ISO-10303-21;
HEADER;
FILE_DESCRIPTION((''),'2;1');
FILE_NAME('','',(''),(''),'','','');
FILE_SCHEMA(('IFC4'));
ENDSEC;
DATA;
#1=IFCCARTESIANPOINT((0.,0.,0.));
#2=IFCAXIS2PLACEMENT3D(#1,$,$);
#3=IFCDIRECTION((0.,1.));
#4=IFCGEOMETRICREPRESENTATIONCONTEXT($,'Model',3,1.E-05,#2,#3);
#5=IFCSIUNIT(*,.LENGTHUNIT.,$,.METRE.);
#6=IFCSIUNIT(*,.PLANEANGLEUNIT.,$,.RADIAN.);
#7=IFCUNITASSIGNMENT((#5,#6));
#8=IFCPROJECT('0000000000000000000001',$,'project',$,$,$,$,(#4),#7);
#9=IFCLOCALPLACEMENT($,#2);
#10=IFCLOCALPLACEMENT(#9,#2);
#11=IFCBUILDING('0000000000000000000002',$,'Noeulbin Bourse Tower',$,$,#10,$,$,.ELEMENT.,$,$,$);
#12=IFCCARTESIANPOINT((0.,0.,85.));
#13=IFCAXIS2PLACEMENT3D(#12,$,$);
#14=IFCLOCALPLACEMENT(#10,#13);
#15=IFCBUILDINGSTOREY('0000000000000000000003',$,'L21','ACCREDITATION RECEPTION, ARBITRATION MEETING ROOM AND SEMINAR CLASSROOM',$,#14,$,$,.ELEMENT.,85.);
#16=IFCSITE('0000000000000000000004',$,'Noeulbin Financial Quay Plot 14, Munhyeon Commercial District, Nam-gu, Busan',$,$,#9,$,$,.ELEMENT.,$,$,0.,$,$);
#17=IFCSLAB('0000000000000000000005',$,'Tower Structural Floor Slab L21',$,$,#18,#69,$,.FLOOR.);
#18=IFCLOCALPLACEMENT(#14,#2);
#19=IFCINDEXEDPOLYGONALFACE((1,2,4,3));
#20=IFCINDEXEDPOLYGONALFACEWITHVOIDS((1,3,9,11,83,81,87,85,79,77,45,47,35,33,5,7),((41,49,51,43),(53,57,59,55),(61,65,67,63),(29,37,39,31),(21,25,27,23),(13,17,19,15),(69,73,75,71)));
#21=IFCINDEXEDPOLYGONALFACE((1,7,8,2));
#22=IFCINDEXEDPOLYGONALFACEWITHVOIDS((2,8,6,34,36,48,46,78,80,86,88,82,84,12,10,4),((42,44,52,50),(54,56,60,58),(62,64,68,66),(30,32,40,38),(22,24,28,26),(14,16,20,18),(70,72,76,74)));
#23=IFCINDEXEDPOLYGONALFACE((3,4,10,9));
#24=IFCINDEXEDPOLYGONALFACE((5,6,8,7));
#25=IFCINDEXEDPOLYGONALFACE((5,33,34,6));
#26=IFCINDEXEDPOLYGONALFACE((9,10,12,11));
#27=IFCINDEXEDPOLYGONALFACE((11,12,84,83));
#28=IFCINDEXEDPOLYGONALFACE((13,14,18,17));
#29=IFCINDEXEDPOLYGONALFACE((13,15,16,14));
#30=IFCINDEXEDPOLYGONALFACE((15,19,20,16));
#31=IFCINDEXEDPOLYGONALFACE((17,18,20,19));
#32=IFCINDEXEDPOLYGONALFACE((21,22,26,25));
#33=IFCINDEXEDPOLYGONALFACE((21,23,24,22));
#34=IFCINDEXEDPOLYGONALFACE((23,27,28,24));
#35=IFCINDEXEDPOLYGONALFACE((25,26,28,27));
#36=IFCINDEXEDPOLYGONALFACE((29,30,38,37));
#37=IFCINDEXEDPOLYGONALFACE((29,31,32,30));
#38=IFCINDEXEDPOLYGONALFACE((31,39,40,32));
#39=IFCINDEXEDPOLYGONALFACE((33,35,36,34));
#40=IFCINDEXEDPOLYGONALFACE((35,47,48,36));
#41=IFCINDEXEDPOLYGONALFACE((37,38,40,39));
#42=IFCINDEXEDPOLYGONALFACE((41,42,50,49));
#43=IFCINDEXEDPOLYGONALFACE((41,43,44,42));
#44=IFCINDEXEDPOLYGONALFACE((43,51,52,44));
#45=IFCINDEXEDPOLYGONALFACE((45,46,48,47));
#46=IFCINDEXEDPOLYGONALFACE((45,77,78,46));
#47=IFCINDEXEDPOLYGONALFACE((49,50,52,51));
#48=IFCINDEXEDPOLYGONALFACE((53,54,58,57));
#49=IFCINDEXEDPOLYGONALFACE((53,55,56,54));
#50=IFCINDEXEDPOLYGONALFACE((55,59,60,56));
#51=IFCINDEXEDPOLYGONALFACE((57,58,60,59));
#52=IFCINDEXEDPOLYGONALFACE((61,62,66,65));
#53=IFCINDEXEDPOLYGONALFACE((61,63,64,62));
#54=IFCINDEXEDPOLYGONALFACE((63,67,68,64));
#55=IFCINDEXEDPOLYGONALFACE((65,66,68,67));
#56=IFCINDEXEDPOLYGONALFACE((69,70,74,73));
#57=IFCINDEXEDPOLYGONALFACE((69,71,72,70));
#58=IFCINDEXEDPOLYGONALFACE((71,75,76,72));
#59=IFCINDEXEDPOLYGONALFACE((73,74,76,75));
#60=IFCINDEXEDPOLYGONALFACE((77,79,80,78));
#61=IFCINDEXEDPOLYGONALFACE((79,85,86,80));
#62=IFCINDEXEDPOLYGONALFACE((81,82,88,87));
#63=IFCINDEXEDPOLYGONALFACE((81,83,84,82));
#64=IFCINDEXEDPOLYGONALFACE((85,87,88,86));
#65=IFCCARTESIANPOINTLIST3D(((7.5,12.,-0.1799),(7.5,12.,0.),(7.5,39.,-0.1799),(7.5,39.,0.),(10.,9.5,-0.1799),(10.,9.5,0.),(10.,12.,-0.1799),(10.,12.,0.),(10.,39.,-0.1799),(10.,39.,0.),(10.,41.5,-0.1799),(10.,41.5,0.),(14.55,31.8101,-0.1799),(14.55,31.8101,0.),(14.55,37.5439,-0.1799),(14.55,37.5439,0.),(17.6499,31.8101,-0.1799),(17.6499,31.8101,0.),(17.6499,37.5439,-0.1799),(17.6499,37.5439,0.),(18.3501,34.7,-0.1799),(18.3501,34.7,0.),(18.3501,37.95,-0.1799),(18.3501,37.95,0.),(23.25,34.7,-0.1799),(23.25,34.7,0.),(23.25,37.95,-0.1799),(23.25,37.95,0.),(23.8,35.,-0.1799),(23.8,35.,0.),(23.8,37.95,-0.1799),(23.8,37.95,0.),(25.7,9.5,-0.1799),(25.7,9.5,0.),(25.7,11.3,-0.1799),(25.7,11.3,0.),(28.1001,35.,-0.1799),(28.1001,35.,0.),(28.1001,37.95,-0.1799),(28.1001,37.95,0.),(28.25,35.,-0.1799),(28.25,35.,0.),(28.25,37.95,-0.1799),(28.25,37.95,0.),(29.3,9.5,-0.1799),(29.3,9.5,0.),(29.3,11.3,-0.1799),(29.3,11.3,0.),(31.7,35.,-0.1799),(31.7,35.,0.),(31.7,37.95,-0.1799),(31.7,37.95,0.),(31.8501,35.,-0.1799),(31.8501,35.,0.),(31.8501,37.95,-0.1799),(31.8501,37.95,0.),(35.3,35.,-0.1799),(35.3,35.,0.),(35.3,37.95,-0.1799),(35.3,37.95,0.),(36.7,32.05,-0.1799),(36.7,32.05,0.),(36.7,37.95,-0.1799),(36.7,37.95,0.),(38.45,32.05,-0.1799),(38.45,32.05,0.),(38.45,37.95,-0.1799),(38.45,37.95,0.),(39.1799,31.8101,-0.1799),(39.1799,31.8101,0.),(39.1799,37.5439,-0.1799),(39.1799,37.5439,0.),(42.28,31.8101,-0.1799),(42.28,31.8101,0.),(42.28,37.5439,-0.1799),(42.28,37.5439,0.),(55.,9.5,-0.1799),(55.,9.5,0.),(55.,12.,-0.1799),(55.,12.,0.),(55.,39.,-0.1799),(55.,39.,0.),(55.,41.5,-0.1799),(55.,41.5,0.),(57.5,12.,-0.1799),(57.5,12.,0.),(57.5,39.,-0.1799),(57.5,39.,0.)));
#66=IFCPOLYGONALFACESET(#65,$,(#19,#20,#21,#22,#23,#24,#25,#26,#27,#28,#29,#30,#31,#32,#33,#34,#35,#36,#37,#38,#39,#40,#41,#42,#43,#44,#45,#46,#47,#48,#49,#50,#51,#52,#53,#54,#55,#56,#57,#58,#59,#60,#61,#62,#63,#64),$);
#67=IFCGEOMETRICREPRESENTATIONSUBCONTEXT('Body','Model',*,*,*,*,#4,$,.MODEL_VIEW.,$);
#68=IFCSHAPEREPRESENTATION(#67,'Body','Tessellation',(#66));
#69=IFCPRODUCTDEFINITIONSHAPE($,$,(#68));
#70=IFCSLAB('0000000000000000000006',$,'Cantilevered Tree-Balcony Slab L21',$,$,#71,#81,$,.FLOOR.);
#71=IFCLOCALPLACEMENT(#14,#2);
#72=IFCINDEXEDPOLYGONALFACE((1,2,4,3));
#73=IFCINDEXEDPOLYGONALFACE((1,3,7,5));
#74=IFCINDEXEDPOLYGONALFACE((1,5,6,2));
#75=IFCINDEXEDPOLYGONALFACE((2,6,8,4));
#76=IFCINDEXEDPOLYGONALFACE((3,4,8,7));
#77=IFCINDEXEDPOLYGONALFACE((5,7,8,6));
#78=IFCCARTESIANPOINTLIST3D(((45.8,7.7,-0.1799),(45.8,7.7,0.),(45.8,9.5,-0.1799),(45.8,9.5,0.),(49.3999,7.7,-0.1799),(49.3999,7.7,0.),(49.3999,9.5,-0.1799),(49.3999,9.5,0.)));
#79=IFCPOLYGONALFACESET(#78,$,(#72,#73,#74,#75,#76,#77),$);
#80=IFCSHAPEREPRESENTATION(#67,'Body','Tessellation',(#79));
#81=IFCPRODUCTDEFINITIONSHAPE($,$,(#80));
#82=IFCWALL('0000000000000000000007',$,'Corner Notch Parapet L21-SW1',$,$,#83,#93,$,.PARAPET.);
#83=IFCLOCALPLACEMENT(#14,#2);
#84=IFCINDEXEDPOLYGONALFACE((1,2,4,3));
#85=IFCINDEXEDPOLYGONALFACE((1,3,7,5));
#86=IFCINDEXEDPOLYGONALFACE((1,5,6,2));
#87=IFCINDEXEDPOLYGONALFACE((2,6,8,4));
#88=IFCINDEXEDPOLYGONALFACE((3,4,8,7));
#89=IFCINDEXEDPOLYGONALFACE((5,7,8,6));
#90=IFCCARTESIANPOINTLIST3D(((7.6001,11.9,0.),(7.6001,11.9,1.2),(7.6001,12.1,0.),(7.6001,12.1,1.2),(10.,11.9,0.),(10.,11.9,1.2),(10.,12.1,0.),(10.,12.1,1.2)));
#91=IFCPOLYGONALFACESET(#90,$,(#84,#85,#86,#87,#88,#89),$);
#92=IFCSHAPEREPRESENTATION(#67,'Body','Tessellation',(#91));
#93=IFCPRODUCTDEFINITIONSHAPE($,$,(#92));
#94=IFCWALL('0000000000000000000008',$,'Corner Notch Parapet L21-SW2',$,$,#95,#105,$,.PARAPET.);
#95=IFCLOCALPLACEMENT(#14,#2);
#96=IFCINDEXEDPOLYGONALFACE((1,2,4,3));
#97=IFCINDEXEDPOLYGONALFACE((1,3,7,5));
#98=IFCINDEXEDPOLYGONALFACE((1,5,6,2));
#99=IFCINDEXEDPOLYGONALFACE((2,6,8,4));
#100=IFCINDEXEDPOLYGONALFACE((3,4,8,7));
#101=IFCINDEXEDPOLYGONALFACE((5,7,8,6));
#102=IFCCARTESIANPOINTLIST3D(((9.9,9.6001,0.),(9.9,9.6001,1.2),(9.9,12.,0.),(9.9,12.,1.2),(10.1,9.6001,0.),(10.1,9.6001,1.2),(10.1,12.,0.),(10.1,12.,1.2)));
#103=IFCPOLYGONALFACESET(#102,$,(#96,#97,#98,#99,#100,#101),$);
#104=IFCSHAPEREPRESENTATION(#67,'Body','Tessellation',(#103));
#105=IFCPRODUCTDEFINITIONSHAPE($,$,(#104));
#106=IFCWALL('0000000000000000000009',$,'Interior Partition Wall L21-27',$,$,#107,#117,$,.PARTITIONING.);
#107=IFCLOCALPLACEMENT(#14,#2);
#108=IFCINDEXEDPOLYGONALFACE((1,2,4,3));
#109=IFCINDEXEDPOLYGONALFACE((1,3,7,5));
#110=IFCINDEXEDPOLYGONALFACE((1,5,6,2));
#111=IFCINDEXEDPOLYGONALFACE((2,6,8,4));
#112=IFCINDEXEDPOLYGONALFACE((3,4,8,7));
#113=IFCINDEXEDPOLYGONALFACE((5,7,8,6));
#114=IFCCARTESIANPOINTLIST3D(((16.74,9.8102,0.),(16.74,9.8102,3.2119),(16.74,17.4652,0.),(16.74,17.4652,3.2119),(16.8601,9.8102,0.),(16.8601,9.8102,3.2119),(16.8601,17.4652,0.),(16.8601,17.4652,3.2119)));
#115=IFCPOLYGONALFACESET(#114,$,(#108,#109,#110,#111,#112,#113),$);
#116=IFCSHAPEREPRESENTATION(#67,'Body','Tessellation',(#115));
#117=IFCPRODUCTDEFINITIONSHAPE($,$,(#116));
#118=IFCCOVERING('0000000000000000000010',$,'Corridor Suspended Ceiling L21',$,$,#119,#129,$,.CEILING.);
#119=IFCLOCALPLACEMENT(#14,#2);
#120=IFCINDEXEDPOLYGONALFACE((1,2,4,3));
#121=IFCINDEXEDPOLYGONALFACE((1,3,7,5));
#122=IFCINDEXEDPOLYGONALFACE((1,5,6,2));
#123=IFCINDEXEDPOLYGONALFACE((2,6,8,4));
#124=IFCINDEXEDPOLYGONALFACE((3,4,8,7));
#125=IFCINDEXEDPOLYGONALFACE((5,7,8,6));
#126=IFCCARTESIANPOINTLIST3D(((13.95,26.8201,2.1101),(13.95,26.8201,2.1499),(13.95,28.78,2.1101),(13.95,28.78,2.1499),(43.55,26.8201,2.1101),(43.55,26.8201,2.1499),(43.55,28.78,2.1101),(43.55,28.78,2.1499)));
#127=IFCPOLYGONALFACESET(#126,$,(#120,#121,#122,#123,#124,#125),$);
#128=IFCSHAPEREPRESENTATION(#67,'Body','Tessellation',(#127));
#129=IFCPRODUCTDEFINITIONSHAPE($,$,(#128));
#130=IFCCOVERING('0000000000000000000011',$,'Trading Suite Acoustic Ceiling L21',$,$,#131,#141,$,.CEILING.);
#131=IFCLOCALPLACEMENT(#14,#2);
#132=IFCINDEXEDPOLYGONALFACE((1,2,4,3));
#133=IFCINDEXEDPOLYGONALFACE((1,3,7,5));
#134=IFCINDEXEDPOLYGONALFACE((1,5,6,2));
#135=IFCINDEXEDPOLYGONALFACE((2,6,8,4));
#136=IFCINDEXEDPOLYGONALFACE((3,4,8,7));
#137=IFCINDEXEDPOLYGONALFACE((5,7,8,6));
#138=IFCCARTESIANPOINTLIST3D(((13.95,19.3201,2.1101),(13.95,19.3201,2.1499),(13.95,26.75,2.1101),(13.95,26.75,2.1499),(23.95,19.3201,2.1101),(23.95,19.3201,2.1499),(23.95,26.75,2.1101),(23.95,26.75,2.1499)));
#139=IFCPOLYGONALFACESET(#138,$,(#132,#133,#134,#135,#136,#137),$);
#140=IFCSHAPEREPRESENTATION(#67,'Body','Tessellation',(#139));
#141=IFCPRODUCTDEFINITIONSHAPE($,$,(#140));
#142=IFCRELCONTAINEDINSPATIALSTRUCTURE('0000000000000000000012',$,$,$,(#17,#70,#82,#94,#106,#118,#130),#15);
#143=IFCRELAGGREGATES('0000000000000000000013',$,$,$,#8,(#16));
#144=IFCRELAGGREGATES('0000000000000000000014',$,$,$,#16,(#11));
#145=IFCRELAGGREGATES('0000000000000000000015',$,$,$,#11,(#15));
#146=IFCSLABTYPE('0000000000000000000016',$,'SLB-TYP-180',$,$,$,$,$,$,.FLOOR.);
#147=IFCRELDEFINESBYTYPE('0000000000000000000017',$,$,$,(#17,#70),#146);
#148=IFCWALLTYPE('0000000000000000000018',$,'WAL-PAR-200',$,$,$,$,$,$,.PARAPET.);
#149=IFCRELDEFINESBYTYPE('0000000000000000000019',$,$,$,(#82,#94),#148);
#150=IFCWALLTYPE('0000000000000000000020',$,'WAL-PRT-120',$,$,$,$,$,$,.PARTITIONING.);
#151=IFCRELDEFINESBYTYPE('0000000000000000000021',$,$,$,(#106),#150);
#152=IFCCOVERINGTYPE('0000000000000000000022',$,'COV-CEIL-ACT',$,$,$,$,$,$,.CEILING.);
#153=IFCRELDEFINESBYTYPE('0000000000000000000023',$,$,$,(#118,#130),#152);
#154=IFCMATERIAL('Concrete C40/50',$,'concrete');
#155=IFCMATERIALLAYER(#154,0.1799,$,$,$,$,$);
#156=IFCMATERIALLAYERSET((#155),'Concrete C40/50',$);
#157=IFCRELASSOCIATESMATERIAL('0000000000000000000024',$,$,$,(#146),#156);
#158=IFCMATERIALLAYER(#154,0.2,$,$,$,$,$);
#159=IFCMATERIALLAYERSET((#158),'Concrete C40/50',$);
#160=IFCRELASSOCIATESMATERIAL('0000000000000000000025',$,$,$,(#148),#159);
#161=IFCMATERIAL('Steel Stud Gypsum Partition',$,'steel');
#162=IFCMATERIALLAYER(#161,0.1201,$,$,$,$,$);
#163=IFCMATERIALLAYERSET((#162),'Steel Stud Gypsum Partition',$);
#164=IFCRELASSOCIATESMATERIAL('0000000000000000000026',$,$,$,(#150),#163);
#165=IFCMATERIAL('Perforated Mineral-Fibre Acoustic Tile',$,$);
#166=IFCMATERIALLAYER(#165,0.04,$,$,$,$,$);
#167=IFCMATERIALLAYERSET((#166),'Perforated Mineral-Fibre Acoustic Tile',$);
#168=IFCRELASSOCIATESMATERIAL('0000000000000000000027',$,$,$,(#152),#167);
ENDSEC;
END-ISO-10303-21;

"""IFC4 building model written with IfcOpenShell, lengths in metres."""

from ifc_helpers import new_model, si_unit, direction, frame, frame_2d, origin, place, context, subcontext, project, spatial, polyline, rectangle, outline, extrude, material, layer, layer_set, type_object, element, save


model = new_model("IFC4")

# Units and contexts
model_context = context("Model", 3, precision=1e-05, world=origin(), true_north=direction((0.0, 1.0)))
body_context = subcontext(model_context, "Body", "Model", "MODEL_VIEW")
ifc_project = project(units=[si_unit("LENGTHUNIT", "METRE"), si_unit("PLANEANGLEUNIT", "RADIAN")], contexts=[model_context])

# Site, building, storey
site_placement = place(None, origin())
site = spatial("IfcSite", under=ifc_project, at=site_placement, Name="Noeulbin Financial Quay Plot 14, Munhyeon Commercial District, Nam-gu, Busan", CompositionType="ELEMENT", RefElevation=0.0)
building_placement = place(site_placement, origin())
building = spatial("IfcBuilding", under=site, at=building_placement, Name="Noeulbin Bourse Tower", CompositionType="ELEMENT")
storey_placement = place(building_placement, frame((0.0, 0.0, 85.0)))
storey = spatial("IfcBuildingStorey", under=building, at=storey_placement, Name="L21", Description="ACCREDITATION RECEPTION, ARBITRATION MEETING ROOM AND SEMINAR CLASSROOM", CompositionType="ELEMENT", Elevation=85.0)

# Shared definitions
ifc_material_1 = material(Name="Concrete C40/50", Category="concrete")

# Slab, openings
ifc_layer_1 = layer(ifc_material_1, 0.1799)
ifc_layer_set_1 = layer_set([ifc_layer_1], Name="Concrete C40/50")
slab_type_1 = type_object("IfcSlabType", Name="SLB-TYP-180", PredefinedType="FLOOR", material=ifc_layer_set_1)
slab_1_placement = place(storey_placement, frame((0.0, 0.0, -0.1799)))
slab_1 = element("IfcSlab", 1, at=slab_1_placement, inside=storey, type_object=slab_type_1, Name="Tower Structural Floor Slab L21", PredefinedType="FLOOR", context=body_context, shape_type="SweptSolid", body=[
    extrude(outline(polyline([(10.0, 9.5), (25.7, 9.5), (25.7, 11.3), (29.3, 11.3), (29.3, 9.5), (55.0, 9.5), (55.0, 12.0), (57.5, 12.0), (57.5, 39.0), (55.0, 39.0), (55.0, 41.5), (10.0, 41.5), (10.0, 39.0), (7.5, 39.0), (7.5, 12.0), (10.0, 12.0), (10.0, 9.5)]), holes=[polyline([(17.6499, 31.8101), (17.6499, 37.5439), (14.55, 37.5439), (14.55, 31.8101), (17.6499, 31.8101)]), polyline([(42.28, 31.8101), (42.28, 37.5439), (39.1799, 37.5439), (39.1799, 31.8101), (42.28, 31.8101)]), polyline([(18.3501, 34.7), (23.25, 34.7), (23.25, 37.95), (18.3501, 37.95), (18.3501, 34.7)]), polyline([(36.7, 32.05), (38.45, 32.05), (38.45, 37.95), (36.7, 37.95), (36.7, 32.05)]), polyline([(23.8, 35.0), (28.1001, 35.0), (28.1001, 37.95), (23.8, 37.95), (23.8, 35.0)]), polyline([(28.25, 35.0), (31.7, 35.0), (31.7, 37.95), (28.25, 37.95), (28.25, 35.0)]), polyline([(31.8501, 35.0), (35.3, 35.0), (35.3, 37.95), (31.8501, 37.95), (31.8501, 35.0)])]), origin(), (0.0, 0.0, 1.0), 0.1799),
])
opening_1_placement = place(slab_1_placement, frame((0.0, 0.0, -0.01)))
element("IfcOpeningElement", 2, at=opening_1_placement, cuts=slab_1, PredefinedType="OPENING", context=body_context, shape_type="SweptSolid", body=[
    extrude(outline(polyline([(17.6499, 31.8101), (17.6499, 37.5439), (14.55, 37.5439), (14.55, 31.8101), (17.6499, 31.8101)])), origin(), (0.0, 0.0, 1.0), 0.2),
])
opening_2_placement = place(slab_1_placement, frame((0.0, 0.0, -0.01)))
element("IfcOpeningElement", 3, at=opening_2_placement, cuts=slab_1, PredefinedType="OPENING", context=body_context, shape_type="SweptSolid", body=[
    extrude(outline(polyline([(42.28, 31.8101), (42.28, 37.5439), (39.1799, 37.5439), (39.1799, 31.8101), (42.28, 31.8101)])), origin(), (0.0, 0.0, 1.0), 0.2),
])
opening_3_placement = place(slab_1_placement, frame((0.0, 0.0, -0.01)))
element("IfcOpeningElement", 4, at=opening_3_placement, cuts=slab_1, PredefinedType="OPENING", context=body_context, shape_type="SweptSolid", body=[
    extrude(outline(polyline([(18.3501, 34.7), (23.25, 34.7), (23.25, 37.95), (18.3501, 37.95), (18.3501, 34.7)])), origin(), (0.0, 0.0, 1.0), 0.2),
])
opening_4_placement = place(slab_1_placement, frame((0.0, 0.0, -0.01)))
element("IfcOpeningElement", 5, at=opening_4_placement, cuts=slab_1, PredefinedType="OPENING", context=body_context, shape_type="SweptSolid", body=[
    extrude(outline(polyline([(36.7, 32.05), (38.45, 32.05), (38.45, 37.95), (36.7, 37.95), (36.7, 32.05)])), origin(), (0.0, 0.0, 1.0), 0.2),
])
opening_5_placement = place(slab_1_placement, frame((0.0, 0.0, -0.01)))
element("IfcOpeningElement", 6, at=opening_5_placement, cuts=slab_1, PredefinedType="OPENING", context=body_context, shape_type="SweptSolid", body=[
    extrude(outline(polyline([(23.8, 35.0), (28.1001, 35.0), (28.1001, 37.95), (23.8, 37.95), (23.8, 35.0)])), origin(), (0.0, 0.0, 1.0), 0.2),
])
opening_6_placement = place(slab_1_placement, frame((0.0, 0.0, -0.01)))
element("IfcOpeningElement", 7, at=opening_6_placement, cuts=slab_1, PredefinedType="OPENING", context=body_context, shape_type="SweptSolid", body=[
    extrude(outline(polyline([(28.25, 35.0), (31.7, 35.0), (31.7, 37.95), (28.25, 37.95), (28.25, 35.0)])), origin(), (0.0, 0.0, 1.0), 0.2),
])
opening_7_placement = place(slab_1_placement, frame((0.0, 0.0, -0.01)))
element("IfcOpeningElement", 8, at=opening_7_placement, cuts=slab_1, PredefinedType="OPENING", context=body_context, shape_type="SweptSolid", body=[
    extrude(outline(polyline([(31.8501, 35.0), (35.3, 35.0), (35.3, 37.95), (31.8501, 37.95), (31.8501, 35.0)])), origin(), (0.0, 0.0, 1.0), 0.2),
])

# Slab
slab_2_placement = place(storey_placement, frame((0.0, 0.0, -0.1799)))
element("IfcSlab", 9, at=slab_2_placement, inside=storey, type_object=slab_type_1, Name="Cantilevered Tree-Balcony Slab L21", PredefinedType="FLOOR", context=body_context, shape_type="SweptSolid", body=[
    extrude(outline(polyline([(45.8, 7.7), (49.3999, 7.7), (49.3999, 9.5), (45.8, 9.5), (45.8, 7.7)])), origin(), (0.0, 0.0, 1.0), 0.1799),
])

# Walls
ifc_layer_2 = layer(ifc_material_1, 0.2)
ifc_layer_set_2 = layer_set([ifc_layer_2], Name="Concrete C40/50")
wall_type_1 = type_object("IfcWallType", Name="WAL-PAR-200", PredefinedType="PARAPET", material=ifc_layer_set_2)
for number, where, z_axis, x_axis, name in (
    (10, (7.6001, 12.0, 0.0), (0.0, 0.0, 1.0), (1.0, 0.0, 0.0), "Corner Notch Parapet L21-SW1"),
    (11, (10.0, 12.0, 0.0), (0.0, 0.0, 1.0), (0.0, -1.0, 0.0), "Corner Notch Parapet L21-SW2"),
):
    element("IfcWall", number, at=place(storey_placement, frame(where, z_axis=z_axis, x_axis=x_axis)), inside=storey, type_object=wall_type_1, Name=name, PredefinedType="PARAPET", context=body_context, shape_type="SweptSolid", body=[
        extrude(rectangle(XDim=2.3999, YDim=0.2, at=frame_2d((1.2, 0.0))), origin(), (0.0, 0.0, 1.0), 1.2),
    ])
ifc_material_2 = material(Name="Steel Stud Gypsum Partition", Category="steel")
ifc_layer_3 = layer(ifc_material_2, 0.1201)
ifc_layer_set_3 = layer_set([ifc_layer_3], Name="Steel Stud Gypsum Partition")
wall_type_2 = type_object("IfcWallType", Name="WAL-PRT-120", PredefinedType="PARTITIONING", material=ifc_layer_set_3)
wall_placement = place(storey_placement, frame((16.8, 9.8101, 0.0), z_axis=(0.0, 0.0, 1.0), x_axis=(0.0, 1.0, 0.0)))
element("IfcWall", 12, at=wall_placement, inside=storey, type_object=wall_type_2, Name="Interior Partition Wall L21-27", PredefinedType="PARTITIONING", context=body_context, shape_type="SweptSolid", body=[
    extrude(rectangle(XDim=7.655, YDim=0.1201, at=frame_2d((3.8276, 0.0))), origin(), (0.0, 0.0, 1.0), 3.2119),
])

# Coverings
ifc_material_3 = material(Name="Perforated Mineral-Fibre Acoustic Tile")
ifc_layer_4 = layer(ifc_material_3, 0.04)
ifc_layer_set_4 = layer_set([ifc_layer_4], Name="Perforated Mineral-Fibre Acoustic Tile")
covering_type = type_object("IfcCoveringType", Name="COV-CEIL-ACT", PredefinedType="CEILING", material=ifc_layer_set_4)
covering_1_placement = place(storey_placement, frame((0.0, 0.0, 2.1101)))
element("IfcCovering", 13, at=covering_1_placement, inside=storey, type_object=covering_type, Name="Corridor Suspended Ceiling L21", PredefinedType="CEILING", context=body_context, shape_type="SweptSolid", body=[
    extrude(outline(polyline([(13.95, 26.8201), (43.55, 26.8201), (43.55, 28.78), (13.95, 28.78), (13.95, 26.8201)])), origin(), (0.0, 0.0, 1.0), 0.0398),
])
covering_2_placement = place(storey_placement, frame((0.0, 0.0, 2.1101)))
element("IfcCovering", 14, at=covering_2_placement, inside=storey, type_object=covering_type, Name="Trading Suite Acoustic Ceiling L21", PredefinedType="CEILING", context=body_context, shape_type="SweptSolid", body=[
    extrude(outline(polyline([(13.95, 19.3201), (23.95, 19.3201), (23.95, 26.75), (13.95, 26.75), (13.95, 19.3201)])), origin(), (0.0, 0.0, 1.0), 0.0398),
])

save(model, "model.ifc")
